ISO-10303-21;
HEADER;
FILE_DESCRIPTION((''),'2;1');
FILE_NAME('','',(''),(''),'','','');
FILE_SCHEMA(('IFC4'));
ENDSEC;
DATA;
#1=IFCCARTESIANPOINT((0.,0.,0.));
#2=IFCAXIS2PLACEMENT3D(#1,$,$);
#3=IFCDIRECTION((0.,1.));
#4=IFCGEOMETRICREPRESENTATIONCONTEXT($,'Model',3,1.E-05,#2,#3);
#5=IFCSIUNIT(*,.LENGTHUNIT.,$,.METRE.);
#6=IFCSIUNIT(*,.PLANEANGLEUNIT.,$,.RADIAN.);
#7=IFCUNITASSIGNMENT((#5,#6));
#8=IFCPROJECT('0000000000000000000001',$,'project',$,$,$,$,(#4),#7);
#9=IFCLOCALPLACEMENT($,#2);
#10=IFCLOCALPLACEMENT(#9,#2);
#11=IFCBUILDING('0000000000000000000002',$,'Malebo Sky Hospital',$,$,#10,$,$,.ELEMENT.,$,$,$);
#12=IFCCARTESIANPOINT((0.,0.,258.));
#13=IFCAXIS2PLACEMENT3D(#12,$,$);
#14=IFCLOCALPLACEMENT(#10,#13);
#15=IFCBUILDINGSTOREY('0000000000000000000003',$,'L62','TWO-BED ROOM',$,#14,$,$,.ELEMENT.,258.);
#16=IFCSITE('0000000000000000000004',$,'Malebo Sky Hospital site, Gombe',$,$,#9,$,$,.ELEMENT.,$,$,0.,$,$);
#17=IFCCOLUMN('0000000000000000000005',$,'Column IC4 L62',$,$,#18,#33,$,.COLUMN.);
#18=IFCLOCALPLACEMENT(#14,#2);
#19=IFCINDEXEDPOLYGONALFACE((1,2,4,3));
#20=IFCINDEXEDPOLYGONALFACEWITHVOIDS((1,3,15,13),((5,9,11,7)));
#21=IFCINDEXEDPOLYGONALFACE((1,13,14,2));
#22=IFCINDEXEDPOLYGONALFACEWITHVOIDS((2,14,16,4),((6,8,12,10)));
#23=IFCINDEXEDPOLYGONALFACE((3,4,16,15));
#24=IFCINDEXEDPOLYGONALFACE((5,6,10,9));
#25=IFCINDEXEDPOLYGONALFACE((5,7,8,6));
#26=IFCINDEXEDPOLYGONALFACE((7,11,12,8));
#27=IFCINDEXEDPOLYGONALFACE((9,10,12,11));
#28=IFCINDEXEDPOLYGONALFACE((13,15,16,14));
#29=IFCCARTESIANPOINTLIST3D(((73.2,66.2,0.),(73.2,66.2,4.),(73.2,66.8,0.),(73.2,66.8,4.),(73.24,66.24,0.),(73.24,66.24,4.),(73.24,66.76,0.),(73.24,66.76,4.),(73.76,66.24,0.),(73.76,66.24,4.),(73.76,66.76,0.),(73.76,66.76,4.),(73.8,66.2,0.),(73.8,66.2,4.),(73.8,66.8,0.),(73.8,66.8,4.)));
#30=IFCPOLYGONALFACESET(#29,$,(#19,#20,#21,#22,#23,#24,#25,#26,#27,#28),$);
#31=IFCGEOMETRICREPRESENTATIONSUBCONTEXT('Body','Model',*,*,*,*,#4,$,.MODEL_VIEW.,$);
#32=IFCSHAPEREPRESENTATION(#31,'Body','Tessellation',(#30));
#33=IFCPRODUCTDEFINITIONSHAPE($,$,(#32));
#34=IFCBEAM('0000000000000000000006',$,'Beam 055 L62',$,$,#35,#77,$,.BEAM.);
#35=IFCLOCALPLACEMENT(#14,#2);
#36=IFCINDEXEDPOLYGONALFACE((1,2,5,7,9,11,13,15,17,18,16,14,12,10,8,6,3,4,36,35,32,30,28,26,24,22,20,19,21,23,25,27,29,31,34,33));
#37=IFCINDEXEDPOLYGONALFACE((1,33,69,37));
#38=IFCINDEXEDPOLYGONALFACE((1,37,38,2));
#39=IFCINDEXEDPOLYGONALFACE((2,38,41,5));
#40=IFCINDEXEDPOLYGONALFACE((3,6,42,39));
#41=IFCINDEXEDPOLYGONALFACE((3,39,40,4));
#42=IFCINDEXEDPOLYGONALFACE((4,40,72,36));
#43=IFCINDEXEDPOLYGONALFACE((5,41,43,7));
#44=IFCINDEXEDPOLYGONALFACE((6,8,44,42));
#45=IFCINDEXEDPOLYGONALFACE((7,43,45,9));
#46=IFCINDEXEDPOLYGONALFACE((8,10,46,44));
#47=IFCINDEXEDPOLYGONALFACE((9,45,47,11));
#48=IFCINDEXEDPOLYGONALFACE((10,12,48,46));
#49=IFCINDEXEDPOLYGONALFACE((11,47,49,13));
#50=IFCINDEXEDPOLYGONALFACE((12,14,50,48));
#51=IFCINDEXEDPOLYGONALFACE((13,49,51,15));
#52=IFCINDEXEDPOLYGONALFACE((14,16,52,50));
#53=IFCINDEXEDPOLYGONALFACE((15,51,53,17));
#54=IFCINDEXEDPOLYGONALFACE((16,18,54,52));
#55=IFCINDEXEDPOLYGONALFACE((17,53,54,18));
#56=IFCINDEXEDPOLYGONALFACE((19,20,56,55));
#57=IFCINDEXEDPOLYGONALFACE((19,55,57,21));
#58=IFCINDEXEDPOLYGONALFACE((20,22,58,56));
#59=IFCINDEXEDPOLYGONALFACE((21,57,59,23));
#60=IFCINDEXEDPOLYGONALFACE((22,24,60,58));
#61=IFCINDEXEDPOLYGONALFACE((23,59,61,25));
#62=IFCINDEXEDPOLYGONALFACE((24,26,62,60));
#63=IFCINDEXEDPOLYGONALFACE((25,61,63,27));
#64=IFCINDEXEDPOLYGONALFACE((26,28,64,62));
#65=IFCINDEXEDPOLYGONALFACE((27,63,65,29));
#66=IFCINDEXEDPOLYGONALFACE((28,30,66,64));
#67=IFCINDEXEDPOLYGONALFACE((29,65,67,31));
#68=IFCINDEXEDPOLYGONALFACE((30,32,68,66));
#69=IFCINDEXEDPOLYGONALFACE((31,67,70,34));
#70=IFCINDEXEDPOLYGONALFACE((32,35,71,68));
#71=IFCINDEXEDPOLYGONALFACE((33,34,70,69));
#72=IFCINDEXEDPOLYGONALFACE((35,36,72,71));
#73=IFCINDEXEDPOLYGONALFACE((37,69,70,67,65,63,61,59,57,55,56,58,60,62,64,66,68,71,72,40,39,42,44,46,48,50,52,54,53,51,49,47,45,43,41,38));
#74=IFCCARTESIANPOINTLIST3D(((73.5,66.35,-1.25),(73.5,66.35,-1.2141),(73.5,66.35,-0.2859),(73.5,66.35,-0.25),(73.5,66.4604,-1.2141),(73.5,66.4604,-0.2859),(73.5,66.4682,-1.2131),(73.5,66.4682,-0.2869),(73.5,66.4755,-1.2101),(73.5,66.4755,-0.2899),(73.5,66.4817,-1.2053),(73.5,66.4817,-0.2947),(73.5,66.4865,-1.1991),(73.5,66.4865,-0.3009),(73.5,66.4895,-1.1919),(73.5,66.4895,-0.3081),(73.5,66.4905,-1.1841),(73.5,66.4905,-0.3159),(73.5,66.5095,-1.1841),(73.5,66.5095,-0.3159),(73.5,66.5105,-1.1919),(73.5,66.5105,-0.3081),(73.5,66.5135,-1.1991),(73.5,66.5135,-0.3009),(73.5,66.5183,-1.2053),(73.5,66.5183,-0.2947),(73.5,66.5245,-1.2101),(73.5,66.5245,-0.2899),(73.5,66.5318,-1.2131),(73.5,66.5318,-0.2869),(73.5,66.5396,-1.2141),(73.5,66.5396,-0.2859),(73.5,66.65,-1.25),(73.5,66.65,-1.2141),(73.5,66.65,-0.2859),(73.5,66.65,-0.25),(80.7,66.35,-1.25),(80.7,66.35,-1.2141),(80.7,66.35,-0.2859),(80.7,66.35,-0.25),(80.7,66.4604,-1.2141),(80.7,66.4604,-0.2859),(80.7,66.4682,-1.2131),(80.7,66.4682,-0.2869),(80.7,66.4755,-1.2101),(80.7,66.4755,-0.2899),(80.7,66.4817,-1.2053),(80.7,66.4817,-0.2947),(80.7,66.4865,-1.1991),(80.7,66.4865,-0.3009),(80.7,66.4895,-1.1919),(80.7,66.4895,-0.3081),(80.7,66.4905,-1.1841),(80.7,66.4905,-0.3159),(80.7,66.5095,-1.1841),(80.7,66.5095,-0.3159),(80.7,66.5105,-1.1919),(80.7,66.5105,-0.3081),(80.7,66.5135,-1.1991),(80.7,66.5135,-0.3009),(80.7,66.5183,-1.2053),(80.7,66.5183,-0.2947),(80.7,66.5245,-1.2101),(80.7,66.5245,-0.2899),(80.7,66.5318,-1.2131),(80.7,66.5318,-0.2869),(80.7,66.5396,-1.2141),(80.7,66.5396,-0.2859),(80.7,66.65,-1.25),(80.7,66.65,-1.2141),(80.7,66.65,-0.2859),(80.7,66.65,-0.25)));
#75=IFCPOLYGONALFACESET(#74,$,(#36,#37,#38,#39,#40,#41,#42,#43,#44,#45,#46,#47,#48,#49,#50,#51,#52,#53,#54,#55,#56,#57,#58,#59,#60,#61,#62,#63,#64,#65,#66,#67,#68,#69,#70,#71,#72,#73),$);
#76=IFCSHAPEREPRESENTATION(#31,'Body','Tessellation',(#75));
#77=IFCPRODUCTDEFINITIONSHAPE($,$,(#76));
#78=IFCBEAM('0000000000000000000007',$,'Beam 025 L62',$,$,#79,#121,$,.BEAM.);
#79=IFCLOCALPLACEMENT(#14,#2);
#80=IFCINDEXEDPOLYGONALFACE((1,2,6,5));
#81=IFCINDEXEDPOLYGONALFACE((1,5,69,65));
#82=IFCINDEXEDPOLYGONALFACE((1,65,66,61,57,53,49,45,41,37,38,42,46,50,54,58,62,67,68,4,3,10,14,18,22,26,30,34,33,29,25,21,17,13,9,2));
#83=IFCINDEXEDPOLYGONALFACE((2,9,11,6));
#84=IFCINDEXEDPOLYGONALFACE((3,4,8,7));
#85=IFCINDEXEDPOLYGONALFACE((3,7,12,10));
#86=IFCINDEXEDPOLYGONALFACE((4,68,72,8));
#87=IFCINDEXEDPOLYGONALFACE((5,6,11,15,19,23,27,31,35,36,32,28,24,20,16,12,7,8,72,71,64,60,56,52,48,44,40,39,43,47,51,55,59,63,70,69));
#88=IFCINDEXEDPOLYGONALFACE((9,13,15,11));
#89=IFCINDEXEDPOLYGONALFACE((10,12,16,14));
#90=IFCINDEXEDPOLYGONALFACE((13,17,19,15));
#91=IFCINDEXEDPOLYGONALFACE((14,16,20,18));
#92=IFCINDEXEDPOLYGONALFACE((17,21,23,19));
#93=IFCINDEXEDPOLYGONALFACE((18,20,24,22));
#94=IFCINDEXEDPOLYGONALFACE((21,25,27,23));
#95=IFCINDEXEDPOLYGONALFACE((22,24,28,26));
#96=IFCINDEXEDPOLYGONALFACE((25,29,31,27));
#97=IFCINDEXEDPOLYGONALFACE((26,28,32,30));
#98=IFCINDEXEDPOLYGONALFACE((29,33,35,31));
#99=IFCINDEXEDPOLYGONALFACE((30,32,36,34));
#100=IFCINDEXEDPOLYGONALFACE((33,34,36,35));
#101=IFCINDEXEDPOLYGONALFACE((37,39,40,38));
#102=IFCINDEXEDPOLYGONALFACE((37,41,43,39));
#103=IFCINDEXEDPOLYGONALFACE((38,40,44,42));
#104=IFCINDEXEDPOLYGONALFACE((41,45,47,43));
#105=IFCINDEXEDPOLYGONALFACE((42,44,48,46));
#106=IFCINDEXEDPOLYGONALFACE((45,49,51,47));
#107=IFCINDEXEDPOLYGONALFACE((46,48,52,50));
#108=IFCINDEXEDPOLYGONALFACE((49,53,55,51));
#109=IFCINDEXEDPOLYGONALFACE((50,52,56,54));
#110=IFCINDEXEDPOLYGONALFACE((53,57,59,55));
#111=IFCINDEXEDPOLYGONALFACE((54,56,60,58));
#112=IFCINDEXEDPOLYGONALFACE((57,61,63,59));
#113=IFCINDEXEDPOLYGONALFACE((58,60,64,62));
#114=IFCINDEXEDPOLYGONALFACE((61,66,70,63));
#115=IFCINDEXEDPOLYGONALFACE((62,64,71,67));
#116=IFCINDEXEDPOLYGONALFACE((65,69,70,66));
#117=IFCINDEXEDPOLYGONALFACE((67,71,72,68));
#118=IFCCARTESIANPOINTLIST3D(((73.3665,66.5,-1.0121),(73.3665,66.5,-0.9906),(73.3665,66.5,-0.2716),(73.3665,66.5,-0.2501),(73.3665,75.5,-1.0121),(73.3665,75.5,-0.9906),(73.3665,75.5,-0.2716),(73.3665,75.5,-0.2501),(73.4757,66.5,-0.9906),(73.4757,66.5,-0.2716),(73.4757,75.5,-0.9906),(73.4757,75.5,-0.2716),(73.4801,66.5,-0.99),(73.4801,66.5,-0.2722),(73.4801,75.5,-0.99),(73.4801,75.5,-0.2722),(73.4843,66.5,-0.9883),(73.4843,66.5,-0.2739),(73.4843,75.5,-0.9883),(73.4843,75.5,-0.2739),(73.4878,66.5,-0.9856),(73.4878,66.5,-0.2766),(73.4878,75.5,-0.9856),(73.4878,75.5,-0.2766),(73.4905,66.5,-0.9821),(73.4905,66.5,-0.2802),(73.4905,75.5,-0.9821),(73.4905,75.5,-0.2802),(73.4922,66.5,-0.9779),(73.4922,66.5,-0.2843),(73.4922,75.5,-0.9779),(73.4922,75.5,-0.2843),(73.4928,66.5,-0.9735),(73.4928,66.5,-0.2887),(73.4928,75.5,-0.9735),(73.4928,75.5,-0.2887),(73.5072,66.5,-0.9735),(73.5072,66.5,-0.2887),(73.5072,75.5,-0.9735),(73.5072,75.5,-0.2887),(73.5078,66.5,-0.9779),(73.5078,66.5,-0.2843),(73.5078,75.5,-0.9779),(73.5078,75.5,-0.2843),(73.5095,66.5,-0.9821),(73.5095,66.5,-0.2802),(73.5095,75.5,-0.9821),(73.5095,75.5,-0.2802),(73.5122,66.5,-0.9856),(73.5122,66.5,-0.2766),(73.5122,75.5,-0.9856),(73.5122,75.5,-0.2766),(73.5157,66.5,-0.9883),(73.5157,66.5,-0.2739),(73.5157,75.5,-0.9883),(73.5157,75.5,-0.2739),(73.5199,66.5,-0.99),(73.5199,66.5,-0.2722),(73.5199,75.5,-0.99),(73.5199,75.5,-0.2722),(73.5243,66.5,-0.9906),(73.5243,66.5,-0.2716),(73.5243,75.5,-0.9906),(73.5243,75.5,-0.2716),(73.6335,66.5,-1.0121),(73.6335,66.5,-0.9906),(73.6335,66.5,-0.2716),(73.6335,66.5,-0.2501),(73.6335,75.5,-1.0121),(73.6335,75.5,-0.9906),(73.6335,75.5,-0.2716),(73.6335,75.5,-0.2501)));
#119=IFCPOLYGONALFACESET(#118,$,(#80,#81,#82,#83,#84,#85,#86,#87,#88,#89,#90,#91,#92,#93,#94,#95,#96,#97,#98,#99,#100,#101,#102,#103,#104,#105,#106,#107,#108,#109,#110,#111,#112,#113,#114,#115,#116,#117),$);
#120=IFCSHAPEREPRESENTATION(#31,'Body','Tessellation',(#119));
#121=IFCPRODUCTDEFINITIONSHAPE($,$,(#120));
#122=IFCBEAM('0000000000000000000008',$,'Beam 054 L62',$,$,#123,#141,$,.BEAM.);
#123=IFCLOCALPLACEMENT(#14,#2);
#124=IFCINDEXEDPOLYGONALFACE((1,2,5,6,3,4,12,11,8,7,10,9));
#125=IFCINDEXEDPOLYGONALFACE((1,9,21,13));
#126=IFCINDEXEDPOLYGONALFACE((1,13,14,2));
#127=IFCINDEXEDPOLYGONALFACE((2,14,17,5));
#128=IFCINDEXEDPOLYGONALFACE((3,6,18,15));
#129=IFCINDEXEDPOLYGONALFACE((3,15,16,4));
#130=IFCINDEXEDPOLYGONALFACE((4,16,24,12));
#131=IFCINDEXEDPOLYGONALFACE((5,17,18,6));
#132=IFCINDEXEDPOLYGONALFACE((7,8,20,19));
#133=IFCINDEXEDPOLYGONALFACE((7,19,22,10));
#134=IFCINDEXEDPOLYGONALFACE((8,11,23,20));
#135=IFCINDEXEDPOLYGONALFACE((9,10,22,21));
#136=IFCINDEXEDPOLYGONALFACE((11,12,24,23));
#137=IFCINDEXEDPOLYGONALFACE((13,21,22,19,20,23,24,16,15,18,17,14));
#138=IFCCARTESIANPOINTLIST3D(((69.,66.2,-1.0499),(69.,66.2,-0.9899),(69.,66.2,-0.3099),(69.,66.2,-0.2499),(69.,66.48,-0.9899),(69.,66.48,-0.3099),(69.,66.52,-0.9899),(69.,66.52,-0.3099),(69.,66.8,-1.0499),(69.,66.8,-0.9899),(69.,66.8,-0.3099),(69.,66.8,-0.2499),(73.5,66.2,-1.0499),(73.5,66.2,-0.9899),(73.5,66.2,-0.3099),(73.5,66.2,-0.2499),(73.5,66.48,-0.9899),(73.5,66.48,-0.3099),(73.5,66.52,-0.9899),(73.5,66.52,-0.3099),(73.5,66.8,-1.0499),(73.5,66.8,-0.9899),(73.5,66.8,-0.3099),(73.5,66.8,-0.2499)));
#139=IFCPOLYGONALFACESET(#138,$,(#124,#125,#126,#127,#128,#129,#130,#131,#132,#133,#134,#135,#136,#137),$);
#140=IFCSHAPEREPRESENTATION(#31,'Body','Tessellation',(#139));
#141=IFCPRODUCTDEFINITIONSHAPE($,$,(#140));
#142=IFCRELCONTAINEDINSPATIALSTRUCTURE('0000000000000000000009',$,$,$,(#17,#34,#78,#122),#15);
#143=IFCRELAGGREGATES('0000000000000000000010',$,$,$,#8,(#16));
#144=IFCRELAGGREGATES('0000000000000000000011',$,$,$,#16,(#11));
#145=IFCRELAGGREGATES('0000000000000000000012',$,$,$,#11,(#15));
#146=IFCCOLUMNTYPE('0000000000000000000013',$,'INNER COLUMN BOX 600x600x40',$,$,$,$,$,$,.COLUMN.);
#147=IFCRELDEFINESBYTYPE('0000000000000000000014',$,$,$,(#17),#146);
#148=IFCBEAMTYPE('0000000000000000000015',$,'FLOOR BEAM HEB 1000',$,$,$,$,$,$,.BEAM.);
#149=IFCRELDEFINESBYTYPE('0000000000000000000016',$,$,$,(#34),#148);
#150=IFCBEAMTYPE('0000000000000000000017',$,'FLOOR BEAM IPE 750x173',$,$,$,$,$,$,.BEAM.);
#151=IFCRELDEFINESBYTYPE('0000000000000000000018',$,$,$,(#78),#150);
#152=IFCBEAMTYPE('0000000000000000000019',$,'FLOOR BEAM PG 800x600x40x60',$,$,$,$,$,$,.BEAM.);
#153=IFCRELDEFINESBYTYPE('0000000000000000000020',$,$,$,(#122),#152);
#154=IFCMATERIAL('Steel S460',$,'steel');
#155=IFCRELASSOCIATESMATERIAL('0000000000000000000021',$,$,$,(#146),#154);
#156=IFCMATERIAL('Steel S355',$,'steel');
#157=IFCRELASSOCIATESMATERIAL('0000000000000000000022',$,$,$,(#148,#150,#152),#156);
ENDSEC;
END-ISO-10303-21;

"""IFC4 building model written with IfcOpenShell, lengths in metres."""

from ifc_helpers import new_model, si_unit, direction, frame, origin, origin_2d, place, context, subcontext, project, spatial, hollow_rectangle, i_section, extrude, material, material_profile, profile_set, type_object, element, save


model = new_model("IFC4")

# Units and contexts
model_context = context("Model", 3, precision=1e-05, world=origin(), true_north=direction((0.0, 1.0)))
body_context = subcontext(model_context, "Body", "Model", "MODEL_VIEW")
ifc_project = project(units=[si_unit("LENGTHUNIT", "METRE"), si_unit("PLANEANGLEUNIT", "RADIAN")], contexts=[model_context])

# Site, building, storey
site_placement = place(None, origin())
site = spatial("IfcSite", under=ifc_project, at=site_placement, Name="Malebo Sky Hospital site, Gombe", CompositionType="ELEMENT", RefElevation=0.0)
building_placement = place(site_placement, origin())
building = spatial("IfcBuilding", under=site, at=building_placement, Name="Malebo Sky Hospital", CompositionType="ELEMENT")
storey_placement = place(building_placement, frame((0.0, 0.0, 258.0)))
storey = spatial("IfcBuildingStorey", under=building, at=storey_placement, Name="L62", Description="TWO-BED ROOM", CompositionType="ELEMENT", Elevation=258.0)

# Column
ifc_material_1 = material(Name="Steel S460", Category="steel")
ifc_material_profile_1 = material_profile(ifc_material_1, hollow_rectangle(XDim=0.6001, YDim=0.6001, WallThickness=0.04, at=origin_2d()), Name="BOX 600x600x40")
ifc_profile_set_1 = profile_set([ifc_material_profile_1], Name="Steel S460")
column_type = type_object("IfcColumnType", Name="INNER COLUMN BOX 600x600x40", PredefinedType="COLUMN", material=ifc_profile_set_1)
column_placement = place(storey_placement, frame((73.5, 66.5, 0.0), z_axis=(0.0, 0.0, 1.0), x_axis=(1.0, 0.0, 0.0)))
element("IfcColumn", 1, at=column_placement, inside=storey, type_object=column_type, Name="Column IC4 L62", PredefinedType="COLUMN", context=body_context, shape_type="SweptSolid", body=[
    extrude(hollow_rectangle(XDim=0.6001, YDim=0.6001, WallThickness=0.04, at=origin_2d()), origin(), (0.0, 0.0, 1.0), 4.0),
])

# Beams
ifc_material_2 = material(Name="Steel S355", Category="steel")
ifc_material_profile_2 = material_profile(ifc_material_2, i_section(OverallWidth=0.3, OverallDepth=1.0, WebThickness=0.019, FlangeThickness=0.0359, FilletRadius=0.03, at=origin_2d()), Name="HEB 1000")
ifc_profile_set_2 = profile_set([ifc_material_profile_2], Name="Steel S355")
beam_type_1 = type_object("IfcBeamType", Name="FLOOR BEAM HEB 1000", PredefinedType="BEAM", material=ifc_profile_set_2)
beam_1_placement = place(storey_placement, frame((73.5, 66.5, -0.75), z_axis=(1.0, 0.0, 0.0), x_axis=(0.0, 1.0, 0.0)))
element("IfcBeam", 2, at=beam_1_placement, inside=storey, type_object=beam_type_1, Name="Beam 055 L62", PredefinedType="BEAM", context=body_context, shape_type="SweptSolid", body=[
    extrude(i_section(OverallWidth=0.3, OverallDepth=1.0, WebThickness=0.019, FlangeThickness=0.0359, FilletRadius=0.03, at=origin_2d()), origin(), (0.0, 0.0, 1.0), 7.2),
])
ifc_material_profile_3 = material_profile(ifc_material_2, i_section(OverallWidth=0.2671, OverallDepth=0.762, WebThickness=0.0144, FlangeThickness=0.0215, FilletRadius=0.0171, at=origin_2d()), Name="IPE 750x173")
ifc_profile_set_3 = profile_set([ifc_material_profile_3], Name="Steel S355")
beam_type_2 = type_object("IfcBeamType", Name="FLOOR BEAM IPE 750x173", PredefinedType="BEAM", material=ifc_profile_set_3)
beam_2_placement = place(storey_placement, frame((73.5, 66.5, -0.6311), z_axis=(0.0, 1.0, 0.0), x_axis=(-1.0, 0.0, 0.0)))
element("IfcBeam", 3, at=beam_2_placement, inside=storey, type_object=beam_type_2, Name="Beam 025 L62", PredefinedType="BEAM", context=body_context, shape_type="SweptSolid", body=[
    extrude(i_section(OverallWidth=0.2671, OverallDepth=0.762, WebThickness=0.0144, FlangeThickness=0.0215, FilletRadius=0.0171, at=origin_2d()), origin(), (0.0, 0.0, 1.0), 9.0),
])
ifc_material_profile_4 = material_profile(ifc_material_2, i_section(OverallWidth=0.6001, OverallDepth=0.8, WebThickness=0.04, FlangeThickness=0.0601, at=origin_2d()), Name="PG 800x600x40x60")
ifc_profile_set_4 = profile_set([ifc_material_profile_4], Name="Steel S355")
beam_type_3 = type_object("IfcBeamType", Name="FLOOR BEAM PG 800x600x40x60", PredefinedType="BEAM", material=ifc_profile_set_4)
beam_3_placement = place(storey_placement, frame((69.0, 66.5, -0.6499), z_axis=(1.0, 0.0, 0.0), x_axis=(0.0, 1.0, 0.0)))
element("IfcBeam", 4, at=beam_3_placement, inside=storey, type_object=beam_type_3, Name="Beam 054 L62", PredefinedType="BEAM", context=body_context, shape_type="SweptSolid", body=[
    extrude(i_section(OverallWidth=0.6001, OverallDepth=0.8, WebThickness=0.04, FlangeThickness=0.0601, at=origin_2d()), origin(), (0.0, 0.0, 1.0), 4.5),
])

save(model, "model.ifc")
